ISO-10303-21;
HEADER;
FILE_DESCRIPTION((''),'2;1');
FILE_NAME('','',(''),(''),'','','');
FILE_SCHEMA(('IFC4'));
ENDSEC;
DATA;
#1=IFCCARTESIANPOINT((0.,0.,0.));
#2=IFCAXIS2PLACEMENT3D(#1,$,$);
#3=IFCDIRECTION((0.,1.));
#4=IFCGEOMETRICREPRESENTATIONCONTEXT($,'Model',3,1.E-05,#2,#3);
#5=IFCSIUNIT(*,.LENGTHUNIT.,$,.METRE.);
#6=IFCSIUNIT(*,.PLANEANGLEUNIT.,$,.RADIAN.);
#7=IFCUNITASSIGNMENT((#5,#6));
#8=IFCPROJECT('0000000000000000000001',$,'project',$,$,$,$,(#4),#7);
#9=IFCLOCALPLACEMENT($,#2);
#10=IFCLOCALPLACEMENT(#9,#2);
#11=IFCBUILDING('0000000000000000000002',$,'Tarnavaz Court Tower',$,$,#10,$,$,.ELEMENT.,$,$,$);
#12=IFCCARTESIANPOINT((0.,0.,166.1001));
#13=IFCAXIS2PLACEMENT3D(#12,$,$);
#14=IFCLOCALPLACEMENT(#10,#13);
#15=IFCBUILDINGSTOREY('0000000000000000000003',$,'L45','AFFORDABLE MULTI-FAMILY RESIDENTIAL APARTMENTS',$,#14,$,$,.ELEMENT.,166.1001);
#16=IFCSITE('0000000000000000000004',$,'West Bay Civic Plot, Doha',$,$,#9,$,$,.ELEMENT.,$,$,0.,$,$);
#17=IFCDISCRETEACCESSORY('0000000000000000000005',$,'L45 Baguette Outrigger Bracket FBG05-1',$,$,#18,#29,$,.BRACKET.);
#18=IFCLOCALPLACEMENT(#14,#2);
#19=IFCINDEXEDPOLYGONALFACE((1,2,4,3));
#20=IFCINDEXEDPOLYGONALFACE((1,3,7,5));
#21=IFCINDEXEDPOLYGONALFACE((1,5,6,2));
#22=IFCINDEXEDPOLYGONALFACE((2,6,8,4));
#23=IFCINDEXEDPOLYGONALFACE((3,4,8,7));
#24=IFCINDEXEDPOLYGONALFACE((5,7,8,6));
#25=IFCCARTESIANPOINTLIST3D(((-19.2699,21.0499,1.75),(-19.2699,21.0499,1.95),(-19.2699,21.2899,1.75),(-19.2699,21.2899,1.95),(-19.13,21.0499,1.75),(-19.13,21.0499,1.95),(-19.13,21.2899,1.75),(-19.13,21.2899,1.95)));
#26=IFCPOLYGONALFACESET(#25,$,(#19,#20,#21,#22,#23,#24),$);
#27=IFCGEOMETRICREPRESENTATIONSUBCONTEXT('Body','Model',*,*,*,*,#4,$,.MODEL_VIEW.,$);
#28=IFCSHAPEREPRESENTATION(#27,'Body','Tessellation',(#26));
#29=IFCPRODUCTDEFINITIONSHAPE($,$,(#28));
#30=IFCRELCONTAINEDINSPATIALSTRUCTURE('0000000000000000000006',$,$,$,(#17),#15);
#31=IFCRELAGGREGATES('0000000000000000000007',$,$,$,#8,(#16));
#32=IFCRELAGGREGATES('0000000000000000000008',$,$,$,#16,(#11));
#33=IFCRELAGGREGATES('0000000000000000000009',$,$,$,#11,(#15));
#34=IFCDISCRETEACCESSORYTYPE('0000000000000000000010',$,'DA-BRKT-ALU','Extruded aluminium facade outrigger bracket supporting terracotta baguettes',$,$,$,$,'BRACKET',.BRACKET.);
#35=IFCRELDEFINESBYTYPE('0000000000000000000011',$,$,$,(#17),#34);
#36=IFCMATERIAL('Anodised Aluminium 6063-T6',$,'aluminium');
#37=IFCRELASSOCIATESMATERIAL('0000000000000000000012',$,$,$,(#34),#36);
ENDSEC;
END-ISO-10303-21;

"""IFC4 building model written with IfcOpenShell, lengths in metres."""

from ifc_helpers import new_model, si_unit, direction, frame, origin, origin_2d, place, context, subcontext, project, spatial, rectangle, extrude, material, type_object, element, save


model = new_model("IFC4")

# Units and contexts
model_context = context("Model", 3, precision=1e-05, world=origin(), true_north=direction((0.0, 1.0)))
body_context = subcontext(model_context, "Body", "Model", "MODEL_VIEW")
ifc_project = project(units=[si_unit("LENGTHUNIT", "METRE"), si_unit("PLANEANGLEUNIT", "RADIAN")], contexts=[model_context])

# Site, building, storey
site_placement = place(None, origin())
site = spatial("IfcSite", under=ifc_project, at=site_placement, Name="West Bay Civic Plot, Doha", CompositionType="ELEMENT", RefElevation=0.0)
building_placement = place(site_placement, origin())
building = spatial("IfcBuilding", under=site, at=building_placement, Name="Tarnavaz Court Tower", CompositionType="ELEMENT")
storey_placement = place(building_placement, frame((0.0, 0.0, 166.1001)))
storey = spatial("IfcBuildingStorey", under=building, at=storey_placement, Name="L45", Description="AFFORDABLE MULTI-FAMILY RESIDENTIAL APARTMENTS", CompositionType="ELEMENT", Elevation=166.1001)

# Discrete accessory
ifc_material_1 = material(Name="Anodised Aluminium 6063-T6", Category="aluminium")
discrete_accessory_type = type_object("IfcDiscreteAccessoryType", Name="DA-BRKT-ALU", Description="Extruded aluminium facade outrigger bracket supporting terracotta baguettes", ElementType="BRACKET", PredefinedType="BRACKET", material=ifc_material_1)
discrete_accessory_placement = place(storey_placement, frame((-19.2, 21.1699, 1.75), z_axis=(0.0, 0.0, 1.0), x_axis=(1.0, 0.0, 0.0)))
element("IfcDiscreteAccessory", 1, at=discrete_accessory_placement, inside=storey, type_object=discrete_accessory_type, Name="L45 Baguette Outrigger Bracket FBG05-1", PredefinedType="BRACKET", context=body_context, shape_type="SweptSolid", body=[
    extrude(rectangle(XDim=0.1399, YDim=0.24, at=origin_2d()), origin(), (0.0, 0.0, 1.0), 0.2),
])

save(model, "model.ifc")
